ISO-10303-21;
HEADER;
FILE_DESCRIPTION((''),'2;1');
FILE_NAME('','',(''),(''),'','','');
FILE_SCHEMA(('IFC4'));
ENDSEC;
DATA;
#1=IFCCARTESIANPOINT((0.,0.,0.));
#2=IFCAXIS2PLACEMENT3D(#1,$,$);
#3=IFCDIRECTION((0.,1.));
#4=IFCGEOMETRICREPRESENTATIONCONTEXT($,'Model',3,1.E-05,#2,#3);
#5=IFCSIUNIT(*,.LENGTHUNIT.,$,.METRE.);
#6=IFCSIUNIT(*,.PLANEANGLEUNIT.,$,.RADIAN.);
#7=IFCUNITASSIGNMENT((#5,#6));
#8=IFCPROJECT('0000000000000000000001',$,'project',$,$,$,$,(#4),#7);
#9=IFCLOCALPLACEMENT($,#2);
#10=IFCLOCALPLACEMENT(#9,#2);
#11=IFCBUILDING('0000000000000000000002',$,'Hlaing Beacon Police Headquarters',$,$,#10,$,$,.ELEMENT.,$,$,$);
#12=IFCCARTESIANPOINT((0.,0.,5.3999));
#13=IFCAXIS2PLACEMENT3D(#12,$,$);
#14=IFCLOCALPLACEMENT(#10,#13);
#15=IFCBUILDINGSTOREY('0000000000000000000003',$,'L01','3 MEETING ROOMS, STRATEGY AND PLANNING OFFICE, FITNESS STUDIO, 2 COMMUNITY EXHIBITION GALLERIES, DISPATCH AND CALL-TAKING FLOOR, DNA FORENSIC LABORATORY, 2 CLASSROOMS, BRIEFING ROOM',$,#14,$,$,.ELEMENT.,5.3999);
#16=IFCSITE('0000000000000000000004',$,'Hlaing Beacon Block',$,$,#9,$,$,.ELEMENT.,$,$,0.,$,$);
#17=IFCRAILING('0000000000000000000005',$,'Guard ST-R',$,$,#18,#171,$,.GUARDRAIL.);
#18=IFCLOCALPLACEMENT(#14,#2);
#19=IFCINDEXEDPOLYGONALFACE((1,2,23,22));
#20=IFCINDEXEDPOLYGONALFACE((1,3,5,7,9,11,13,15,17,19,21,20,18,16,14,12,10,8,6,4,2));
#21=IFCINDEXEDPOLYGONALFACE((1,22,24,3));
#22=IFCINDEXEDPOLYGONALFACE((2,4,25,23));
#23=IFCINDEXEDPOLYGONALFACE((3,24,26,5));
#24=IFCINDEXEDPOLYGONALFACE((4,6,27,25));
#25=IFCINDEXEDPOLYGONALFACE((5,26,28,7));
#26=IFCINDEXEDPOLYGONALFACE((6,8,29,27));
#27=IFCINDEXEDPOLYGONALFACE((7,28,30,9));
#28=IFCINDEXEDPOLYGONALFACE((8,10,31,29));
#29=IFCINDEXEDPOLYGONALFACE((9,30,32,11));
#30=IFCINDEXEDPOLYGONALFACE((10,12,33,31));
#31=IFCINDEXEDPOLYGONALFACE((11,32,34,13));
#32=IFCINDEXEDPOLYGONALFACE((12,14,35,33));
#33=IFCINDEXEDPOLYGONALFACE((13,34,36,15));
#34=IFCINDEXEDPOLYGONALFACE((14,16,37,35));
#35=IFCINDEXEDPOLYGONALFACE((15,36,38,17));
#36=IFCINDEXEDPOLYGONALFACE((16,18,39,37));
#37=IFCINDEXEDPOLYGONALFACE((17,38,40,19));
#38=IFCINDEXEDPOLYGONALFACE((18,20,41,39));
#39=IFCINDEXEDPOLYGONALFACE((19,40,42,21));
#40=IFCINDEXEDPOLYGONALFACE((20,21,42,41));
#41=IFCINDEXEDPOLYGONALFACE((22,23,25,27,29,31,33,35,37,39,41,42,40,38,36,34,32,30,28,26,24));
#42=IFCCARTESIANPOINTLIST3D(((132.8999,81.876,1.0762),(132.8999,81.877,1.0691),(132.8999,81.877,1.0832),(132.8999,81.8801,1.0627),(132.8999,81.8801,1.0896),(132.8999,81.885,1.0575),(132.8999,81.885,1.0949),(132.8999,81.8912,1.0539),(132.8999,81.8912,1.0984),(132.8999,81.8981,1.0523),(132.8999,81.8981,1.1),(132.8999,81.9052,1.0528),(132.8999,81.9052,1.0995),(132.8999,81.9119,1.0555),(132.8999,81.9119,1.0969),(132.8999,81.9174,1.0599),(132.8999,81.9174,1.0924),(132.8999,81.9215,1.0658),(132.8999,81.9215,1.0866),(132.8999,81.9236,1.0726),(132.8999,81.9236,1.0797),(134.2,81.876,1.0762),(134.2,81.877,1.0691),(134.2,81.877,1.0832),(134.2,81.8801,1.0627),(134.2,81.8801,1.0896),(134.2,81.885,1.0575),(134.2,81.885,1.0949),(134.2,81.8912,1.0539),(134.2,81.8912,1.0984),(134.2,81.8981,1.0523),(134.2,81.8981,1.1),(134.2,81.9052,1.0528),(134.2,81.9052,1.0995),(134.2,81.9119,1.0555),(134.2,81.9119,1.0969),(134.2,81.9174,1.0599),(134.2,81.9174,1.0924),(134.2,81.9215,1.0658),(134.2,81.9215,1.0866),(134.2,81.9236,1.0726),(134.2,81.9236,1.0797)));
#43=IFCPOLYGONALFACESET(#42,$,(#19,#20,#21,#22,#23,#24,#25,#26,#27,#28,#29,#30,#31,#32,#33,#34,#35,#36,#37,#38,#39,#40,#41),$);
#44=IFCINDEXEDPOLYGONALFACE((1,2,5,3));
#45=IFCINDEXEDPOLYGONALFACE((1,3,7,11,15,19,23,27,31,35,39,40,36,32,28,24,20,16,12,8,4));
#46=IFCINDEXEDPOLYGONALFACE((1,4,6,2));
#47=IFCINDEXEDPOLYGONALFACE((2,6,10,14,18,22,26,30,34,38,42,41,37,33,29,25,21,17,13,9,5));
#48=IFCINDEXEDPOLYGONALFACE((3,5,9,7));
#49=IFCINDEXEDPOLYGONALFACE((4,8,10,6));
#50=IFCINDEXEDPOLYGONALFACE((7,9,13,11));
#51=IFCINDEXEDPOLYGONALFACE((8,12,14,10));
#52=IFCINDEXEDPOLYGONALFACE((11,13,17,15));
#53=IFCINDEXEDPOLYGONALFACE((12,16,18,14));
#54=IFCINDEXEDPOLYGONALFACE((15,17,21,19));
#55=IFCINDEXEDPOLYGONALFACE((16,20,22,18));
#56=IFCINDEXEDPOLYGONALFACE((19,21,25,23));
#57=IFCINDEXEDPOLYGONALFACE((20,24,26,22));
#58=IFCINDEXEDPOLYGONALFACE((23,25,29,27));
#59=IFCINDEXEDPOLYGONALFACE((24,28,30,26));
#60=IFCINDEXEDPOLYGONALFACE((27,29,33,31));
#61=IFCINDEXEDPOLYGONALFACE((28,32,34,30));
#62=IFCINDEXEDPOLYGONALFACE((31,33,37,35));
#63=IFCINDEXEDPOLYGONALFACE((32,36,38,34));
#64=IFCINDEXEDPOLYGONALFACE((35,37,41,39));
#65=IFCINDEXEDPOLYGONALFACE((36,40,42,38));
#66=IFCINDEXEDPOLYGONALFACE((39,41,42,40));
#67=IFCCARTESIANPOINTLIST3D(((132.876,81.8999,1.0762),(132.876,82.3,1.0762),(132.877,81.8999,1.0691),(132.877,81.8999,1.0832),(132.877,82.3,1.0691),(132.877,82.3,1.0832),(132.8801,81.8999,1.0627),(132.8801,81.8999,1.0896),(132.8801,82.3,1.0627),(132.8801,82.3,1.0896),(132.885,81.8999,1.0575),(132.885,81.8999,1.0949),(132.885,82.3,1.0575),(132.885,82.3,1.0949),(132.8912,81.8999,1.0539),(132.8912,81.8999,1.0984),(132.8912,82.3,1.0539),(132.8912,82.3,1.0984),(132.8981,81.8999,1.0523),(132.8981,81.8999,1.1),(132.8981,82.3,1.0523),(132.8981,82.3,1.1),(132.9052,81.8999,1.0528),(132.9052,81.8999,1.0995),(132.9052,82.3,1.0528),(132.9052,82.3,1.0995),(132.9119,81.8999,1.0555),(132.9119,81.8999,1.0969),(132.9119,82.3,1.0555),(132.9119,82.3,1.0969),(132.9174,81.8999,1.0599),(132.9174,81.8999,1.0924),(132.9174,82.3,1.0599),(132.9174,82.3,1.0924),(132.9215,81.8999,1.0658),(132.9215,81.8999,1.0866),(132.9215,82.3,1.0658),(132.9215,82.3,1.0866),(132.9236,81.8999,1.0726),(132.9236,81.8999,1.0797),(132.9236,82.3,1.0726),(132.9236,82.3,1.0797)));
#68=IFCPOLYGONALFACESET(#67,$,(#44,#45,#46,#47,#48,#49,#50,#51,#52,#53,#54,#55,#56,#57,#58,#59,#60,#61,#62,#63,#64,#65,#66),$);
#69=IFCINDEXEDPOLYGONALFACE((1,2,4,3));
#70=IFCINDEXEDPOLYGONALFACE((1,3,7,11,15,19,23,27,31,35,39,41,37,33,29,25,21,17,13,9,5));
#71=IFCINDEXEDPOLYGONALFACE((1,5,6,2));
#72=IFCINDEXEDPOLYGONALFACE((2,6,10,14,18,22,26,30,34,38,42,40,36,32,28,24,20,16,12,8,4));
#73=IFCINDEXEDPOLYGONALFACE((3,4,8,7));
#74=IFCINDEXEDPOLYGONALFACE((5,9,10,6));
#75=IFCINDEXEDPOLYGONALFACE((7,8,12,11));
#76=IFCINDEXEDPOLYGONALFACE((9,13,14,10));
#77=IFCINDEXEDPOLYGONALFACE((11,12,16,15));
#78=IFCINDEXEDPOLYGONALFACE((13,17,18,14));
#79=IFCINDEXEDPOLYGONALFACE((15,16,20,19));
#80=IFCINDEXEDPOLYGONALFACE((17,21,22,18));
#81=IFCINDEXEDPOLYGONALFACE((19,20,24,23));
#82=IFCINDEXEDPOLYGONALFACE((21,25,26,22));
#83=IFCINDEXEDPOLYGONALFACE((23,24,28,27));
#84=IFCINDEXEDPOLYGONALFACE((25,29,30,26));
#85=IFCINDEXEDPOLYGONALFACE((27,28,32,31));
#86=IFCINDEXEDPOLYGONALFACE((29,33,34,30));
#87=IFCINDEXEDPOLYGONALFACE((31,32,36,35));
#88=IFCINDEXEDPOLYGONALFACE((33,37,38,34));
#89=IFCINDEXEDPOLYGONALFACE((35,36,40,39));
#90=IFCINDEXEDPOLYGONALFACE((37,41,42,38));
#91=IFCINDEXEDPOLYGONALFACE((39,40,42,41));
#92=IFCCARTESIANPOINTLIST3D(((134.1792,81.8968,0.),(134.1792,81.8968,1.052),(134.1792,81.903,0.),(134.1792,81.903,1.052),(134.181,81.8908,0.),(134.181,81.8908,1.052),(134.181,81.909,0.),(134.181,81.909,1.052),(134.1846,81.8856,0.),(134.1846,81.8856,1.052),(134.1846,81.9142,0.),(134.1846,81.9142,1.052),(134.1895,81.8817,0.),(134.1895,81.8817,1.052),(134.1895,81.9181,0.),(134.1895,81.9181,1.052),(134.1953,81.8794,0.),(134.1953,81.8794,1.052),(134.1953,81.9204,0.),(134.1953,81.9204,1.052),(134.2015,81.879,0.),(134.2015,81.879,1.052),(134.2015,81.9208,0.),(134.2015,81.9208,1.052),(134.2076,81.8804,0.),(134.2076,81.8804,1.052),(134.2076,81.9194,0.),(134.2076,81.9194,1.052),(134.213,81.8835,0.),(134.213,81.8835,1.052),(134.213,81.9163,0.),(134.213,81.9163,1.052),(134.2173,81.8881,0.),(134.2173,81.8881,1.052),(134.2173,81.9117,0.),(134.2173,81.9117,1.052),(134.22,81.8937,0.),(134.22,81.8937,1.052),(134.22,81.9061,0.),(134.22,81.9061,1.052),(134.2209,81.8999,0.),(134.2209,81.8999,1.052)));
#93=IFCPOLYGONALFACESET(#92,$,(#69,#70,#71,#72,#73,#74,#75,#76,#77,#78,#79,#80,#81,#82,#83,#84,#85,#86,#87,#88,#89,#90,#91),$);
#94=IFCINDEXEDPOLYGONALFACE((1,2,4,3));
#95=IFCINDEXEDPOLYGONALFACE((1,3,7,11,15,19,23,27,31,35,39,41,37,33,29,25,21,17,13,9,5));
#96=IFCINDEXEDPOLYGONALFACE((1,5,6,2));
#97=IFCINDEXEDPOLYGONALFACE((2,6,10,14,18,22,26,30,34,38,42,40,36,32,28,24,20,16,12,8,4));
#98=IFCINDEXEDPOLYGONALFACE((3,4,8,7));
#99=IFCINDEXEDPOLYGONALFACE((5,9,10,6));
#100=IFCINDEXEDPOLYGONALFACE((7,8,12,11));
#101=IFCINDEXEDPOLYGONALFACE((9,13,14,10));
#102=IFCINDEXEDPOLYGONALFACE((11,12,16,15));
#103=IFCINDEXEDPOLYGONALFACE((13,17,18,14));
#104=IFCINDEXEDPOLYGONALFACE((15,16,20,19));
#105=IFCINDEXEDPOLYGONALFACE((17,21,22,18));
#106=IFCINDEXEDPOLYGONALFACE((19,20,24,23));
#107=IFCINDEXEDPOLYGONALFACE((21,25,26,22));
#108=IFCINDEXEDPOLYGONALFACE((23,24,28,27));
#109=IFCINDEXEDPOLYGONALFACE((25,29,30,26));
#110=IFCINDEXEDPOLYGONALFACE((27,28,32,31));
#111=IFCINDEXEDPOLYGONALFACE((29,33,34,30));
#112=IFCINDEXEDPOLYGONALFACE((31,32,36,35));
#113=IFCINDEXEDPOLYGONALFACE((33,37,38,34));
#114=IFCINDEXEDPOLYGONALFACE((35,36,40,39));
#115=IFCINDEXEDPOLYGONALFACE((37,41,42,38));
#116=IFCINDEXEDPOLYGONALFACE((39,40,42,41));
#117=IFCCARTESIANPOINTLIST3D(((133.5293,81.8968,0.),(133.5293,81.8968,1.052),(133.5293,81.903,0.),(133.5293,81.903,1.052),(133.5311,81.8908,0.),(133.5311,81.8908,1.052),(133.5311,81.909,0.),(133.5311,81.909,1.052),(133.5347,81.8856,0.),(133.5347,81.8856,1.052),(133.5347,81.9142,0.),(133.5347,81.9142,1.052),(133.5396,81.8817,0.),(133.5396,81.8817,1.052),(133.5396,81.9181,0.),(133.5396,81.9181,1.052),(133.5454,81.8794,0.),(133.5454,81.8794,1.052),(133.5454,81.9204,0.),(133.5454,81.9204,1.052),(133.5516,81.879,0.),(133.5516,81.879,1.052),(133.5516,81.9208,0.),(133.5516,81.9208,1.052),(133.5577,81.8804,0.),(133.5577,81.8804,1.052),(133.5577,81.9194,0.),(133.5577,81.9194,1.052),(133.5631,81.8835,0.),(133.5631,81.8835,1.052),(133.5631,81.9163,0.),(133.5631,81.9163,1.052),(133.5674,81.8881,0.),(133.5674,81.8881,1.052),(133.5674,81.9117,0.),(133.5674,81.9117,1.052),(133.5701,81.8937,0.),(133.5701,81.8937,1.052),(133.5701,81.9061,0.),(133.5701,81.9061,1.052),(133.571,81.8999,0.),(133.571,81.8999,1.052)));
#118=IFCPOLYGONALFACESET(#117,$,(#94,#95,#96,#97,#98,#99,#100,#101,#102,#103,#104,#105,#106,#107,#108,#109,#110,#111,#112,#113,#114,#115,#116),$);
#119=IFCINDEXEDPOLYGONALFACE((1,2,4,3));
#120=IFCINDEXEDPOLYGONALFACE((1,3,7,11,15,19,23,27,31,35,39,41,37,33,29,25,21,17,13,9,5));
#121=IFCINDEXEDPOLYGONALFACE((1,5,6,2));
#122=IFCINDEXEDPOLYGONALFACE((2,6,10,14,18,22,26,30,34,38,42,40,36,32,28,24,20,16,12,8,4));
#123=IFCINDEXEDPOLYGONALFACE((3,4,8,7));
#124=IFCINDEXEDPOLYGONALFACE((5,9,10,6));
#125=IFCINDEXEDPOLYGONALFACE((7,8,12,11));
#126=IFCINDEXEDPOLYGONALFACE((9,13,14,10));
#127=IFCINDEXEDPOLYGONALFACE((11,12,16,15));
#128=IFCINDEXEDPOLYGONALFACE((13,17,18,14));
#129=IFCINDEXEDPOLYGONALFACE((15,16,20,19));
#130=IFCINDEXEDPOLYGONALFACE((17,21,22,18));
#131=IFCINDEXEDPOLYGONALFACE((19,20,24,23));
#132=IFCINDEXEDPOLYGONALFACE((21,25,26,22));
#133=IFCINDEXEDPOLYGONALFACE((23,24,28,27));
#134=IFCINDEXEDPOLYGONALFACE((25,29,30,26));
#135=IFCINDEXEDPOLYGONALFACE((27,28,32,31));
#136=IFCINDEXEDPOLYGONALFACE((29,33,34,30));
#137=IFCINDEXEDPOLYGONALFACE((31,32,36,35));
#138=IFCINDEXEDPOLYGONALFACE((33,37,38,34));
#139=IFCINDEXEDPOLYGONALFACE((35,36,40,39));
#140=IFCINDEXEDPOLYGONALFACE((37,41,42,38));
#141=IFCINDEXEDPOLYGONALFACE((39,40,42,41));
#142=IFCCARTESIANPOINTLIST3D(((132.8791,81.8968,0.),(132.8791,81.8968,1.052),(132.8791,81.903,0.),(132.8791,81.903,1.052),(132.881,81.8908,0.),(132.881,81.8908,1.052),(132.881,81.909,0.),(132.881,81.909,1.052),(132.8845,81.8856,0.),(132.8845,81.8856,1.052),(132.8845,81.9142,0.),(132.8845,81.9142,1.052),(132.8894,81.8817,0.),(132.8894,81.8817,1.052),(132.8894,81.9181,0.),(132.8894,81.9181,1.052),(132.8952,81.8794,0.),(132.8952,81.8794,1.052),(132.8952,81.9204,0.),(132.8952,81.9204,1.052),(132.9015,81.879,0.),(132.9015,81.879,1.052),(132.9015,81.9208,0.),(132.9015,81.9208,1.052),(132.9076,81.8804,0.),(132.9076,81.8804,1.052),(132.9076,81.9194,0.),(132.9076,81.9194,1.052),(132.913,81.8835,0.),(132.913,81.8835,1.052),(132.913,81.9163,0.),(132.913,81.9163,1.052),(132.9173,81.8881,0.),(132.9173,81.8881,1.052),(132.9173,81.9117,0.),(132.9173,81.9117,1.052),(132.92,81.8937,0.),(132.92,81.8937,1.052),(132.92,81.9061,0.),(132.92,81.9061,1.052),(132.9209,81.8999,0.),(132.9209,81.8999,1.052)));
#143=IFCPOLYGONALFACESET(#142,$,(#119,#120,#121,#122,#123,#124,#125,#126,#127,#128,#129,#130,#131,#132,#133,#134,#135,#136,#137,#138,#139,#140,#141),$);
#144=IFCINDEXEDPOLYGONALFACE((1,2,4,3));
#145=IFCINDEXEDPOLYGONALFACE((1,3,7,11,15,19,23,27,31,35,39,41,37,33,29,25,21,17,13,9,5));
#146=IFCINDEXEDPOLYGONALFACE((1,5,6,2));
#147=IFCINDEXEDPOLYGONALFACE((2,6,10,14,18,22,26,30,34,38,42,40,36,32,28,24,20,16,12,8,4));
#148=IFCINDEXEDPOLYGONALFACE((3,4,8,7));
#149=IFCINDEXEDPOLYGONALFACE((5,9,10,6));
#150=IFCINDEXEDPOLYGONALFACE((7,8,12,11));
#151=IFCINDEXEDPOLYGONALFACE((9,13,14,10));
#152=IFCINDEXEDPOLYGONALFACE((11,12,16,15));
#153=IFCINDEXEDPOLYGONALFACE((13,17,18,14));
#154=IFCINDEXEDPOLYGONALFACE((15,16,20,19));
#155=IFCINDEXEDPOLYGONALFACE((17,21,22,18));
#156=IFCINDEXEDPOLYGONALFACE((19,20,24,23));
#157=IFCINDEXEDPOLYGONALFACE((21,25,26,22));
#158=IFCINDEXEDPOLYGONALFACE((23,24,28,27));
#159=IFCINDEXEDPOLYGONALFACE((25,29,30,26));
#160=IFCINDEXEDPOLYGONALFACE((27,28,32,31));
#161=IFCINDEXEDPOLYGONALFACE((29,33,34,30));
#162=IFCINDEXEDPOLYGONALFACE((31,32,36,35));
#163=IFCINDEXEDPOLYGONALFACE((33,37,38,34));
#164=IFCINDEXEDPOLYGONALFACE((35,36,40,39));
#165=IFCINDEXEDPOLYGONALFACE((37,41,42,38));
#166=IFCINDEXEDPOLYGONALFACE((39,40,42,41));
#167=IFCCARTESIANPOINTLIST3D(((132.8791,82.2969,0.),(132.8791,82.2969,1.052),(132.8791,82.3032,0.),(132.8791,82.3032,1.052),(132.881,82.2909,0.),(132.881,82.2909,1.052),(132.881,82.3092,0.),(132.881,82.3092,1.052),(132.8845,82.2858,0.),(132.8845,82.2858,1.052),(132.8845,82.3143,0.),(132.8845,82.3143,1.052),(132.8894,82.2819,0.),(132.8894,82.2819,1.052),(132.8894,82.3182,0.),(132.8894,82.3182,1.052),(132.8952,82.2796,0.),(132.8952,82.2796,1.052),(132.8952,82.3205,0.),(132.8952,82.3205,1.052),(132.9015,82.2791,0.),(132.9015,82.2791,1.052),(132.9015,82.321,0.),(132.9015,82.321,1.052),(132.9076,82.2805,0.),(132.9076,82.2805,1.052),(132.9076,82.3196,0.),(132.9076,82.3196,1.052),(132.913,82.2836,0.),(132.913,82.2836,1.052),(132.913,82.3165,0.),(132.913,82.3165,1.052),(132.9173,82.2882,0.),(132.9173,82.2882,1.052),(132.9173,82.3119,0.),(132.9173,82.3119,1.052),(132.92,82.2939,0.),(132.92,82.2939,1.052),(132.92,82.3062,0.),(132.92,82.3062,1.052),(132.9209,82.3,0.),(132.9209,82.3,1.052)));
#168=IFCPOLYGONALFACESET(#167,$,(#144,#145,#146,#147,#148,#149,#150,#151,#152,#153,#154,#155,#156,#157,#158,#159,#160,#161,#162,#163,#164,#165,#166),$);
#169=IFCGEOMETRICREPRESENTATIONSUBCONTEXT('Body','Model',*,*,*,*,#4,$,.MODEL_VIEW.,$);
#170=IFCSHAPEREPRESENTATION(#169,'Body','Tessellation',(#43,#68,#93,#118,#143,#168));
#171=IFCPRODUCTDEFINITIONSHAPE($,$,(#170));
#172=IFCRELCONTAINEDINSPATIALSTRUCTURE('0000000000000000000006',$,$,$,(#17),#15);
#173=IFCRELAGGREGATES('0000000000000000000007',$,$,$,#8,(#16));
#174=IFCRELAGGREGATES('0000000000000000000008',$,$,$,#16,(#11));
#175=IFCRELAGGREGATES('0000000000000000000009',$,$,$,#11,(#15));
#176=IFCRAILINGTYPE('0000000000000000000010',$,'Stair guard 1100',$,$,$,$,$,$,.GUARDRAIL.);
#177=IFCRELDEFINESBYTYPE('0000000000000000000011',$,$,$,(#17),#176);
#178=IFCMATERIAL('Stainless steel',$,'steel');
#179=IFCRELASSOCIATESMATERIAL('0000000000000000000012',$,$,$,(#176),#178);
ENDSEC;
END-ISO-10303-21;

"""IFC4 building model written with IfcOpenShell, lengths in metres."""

from ifc_helpers import new_model, si_unit, direction, frame, origin, origin_2d, place, context, subcontext, project, spatial, circle, extrude, material, type_object, element, save


model = new_model("IFC4")

# Units and contexts
model_context = context("Model", 3, precision=1e-05, world=origin(), true_north=direction((0.0, 1.0)))
body_context = subcontext(model_context, "Body", "Model", "MODEL_VIEW")
ifc_project = project(units=[si_unit("LENGTHUNIT", "METRE"), si_unit("PLANEANGLEUNIT", "RADIAN")], contexts=[model_context])

# Site, building, storey
site_placement = place(None, origin())
site = spatial("IfcSite", under=ifc_project, at=site_placement, Name="Hlaing Beacon Block", CompositionType="ELEMENT", RefElevation=0.0)
building_placement = place(site_placement, origin())
building = spatial("IfcBuilding", under=site, at=building_placement, Name="Hlaing Beacon Police Headquarters", CompositionType="ELEMENT")
storey_placement = place(building_placement, frame((0.0, 0.0, 5.3999)))
storey = spatial("IfcBuildingStorey", under=building, at=storey_placement, Name="L01", Description="3 MEETING ROOMS, STRATEGY AND PLANNING OFFICE, FITNESS STUDIO, 2 COMMUNITY EXHIBITION GALLERIES, DISPATCH AND CALL-TAKING FLOOR, DNA FORENSIC LABORATORY, 2 CLASSROOMS, BRIEFING ROOM", CompositionType="ELEMENT", Elevation=5.3999)

# Railing
ifc_material_1 = material(Name="Stainless steel", Category="steel")
railing_type_1 = type_object("IfcRailingType", Name="Stair guard 1100", PredefinedType="GUARDRAIL", material=ifc_material_1)
railing_1_placement = place(storey_placement, frame((134.2, 81.8999, 0.0)))
element("IfcRailing", 1, at=railing_1_placement, inside=storey, type_object=railing_type_1, Name="Guard ST-R", PredefinedType="GUARDRAIL", context=body_context, shape_type="SweptSolid", body=[
    extrude(circle(Radius=0.0239, at=origin_2d()), frame((0.0, 0.0, 1.0762), z_axis=(-1.0, 0.0, 0.0), x_axis=(0.0, -1.0, 0.0)), (0.0, 0.0, 1.0), 1.3),
    extrude(circle(Radius=0.0239, at=origin_2d()), frame((-1.3, 0.0, 1.0762), z_axis=(0.0, 1.0, 0.0), x_axis=(-1.0, 0.0, 0.0)), (0.0, 0.0, 1.0), 0.4001),
    extrude(circle(Radius=0.021, at=origin_2d()), origin(), (0.0, 0.0, 1.0), 1.052),
    extrude(circle(Radius=0.021, at=origin_2d()), frame((-0.6499, 0.0, 0.0)), (0.0, 0.0, 1.0), 1.052),
    extrude(circle(Radius=0.021, at=origin_2d()), frame((-1.3, 0.0, 0.0)), (0.0, 0.0, 1.0), 1.052),
    extrude(circle(Radius=0.021, at=origin_2d()), frame((-1.3, 0.4001, 0.0)), (0.0, 0.0, 1.0), 1.052),
])

save(model, "model.ifc")
